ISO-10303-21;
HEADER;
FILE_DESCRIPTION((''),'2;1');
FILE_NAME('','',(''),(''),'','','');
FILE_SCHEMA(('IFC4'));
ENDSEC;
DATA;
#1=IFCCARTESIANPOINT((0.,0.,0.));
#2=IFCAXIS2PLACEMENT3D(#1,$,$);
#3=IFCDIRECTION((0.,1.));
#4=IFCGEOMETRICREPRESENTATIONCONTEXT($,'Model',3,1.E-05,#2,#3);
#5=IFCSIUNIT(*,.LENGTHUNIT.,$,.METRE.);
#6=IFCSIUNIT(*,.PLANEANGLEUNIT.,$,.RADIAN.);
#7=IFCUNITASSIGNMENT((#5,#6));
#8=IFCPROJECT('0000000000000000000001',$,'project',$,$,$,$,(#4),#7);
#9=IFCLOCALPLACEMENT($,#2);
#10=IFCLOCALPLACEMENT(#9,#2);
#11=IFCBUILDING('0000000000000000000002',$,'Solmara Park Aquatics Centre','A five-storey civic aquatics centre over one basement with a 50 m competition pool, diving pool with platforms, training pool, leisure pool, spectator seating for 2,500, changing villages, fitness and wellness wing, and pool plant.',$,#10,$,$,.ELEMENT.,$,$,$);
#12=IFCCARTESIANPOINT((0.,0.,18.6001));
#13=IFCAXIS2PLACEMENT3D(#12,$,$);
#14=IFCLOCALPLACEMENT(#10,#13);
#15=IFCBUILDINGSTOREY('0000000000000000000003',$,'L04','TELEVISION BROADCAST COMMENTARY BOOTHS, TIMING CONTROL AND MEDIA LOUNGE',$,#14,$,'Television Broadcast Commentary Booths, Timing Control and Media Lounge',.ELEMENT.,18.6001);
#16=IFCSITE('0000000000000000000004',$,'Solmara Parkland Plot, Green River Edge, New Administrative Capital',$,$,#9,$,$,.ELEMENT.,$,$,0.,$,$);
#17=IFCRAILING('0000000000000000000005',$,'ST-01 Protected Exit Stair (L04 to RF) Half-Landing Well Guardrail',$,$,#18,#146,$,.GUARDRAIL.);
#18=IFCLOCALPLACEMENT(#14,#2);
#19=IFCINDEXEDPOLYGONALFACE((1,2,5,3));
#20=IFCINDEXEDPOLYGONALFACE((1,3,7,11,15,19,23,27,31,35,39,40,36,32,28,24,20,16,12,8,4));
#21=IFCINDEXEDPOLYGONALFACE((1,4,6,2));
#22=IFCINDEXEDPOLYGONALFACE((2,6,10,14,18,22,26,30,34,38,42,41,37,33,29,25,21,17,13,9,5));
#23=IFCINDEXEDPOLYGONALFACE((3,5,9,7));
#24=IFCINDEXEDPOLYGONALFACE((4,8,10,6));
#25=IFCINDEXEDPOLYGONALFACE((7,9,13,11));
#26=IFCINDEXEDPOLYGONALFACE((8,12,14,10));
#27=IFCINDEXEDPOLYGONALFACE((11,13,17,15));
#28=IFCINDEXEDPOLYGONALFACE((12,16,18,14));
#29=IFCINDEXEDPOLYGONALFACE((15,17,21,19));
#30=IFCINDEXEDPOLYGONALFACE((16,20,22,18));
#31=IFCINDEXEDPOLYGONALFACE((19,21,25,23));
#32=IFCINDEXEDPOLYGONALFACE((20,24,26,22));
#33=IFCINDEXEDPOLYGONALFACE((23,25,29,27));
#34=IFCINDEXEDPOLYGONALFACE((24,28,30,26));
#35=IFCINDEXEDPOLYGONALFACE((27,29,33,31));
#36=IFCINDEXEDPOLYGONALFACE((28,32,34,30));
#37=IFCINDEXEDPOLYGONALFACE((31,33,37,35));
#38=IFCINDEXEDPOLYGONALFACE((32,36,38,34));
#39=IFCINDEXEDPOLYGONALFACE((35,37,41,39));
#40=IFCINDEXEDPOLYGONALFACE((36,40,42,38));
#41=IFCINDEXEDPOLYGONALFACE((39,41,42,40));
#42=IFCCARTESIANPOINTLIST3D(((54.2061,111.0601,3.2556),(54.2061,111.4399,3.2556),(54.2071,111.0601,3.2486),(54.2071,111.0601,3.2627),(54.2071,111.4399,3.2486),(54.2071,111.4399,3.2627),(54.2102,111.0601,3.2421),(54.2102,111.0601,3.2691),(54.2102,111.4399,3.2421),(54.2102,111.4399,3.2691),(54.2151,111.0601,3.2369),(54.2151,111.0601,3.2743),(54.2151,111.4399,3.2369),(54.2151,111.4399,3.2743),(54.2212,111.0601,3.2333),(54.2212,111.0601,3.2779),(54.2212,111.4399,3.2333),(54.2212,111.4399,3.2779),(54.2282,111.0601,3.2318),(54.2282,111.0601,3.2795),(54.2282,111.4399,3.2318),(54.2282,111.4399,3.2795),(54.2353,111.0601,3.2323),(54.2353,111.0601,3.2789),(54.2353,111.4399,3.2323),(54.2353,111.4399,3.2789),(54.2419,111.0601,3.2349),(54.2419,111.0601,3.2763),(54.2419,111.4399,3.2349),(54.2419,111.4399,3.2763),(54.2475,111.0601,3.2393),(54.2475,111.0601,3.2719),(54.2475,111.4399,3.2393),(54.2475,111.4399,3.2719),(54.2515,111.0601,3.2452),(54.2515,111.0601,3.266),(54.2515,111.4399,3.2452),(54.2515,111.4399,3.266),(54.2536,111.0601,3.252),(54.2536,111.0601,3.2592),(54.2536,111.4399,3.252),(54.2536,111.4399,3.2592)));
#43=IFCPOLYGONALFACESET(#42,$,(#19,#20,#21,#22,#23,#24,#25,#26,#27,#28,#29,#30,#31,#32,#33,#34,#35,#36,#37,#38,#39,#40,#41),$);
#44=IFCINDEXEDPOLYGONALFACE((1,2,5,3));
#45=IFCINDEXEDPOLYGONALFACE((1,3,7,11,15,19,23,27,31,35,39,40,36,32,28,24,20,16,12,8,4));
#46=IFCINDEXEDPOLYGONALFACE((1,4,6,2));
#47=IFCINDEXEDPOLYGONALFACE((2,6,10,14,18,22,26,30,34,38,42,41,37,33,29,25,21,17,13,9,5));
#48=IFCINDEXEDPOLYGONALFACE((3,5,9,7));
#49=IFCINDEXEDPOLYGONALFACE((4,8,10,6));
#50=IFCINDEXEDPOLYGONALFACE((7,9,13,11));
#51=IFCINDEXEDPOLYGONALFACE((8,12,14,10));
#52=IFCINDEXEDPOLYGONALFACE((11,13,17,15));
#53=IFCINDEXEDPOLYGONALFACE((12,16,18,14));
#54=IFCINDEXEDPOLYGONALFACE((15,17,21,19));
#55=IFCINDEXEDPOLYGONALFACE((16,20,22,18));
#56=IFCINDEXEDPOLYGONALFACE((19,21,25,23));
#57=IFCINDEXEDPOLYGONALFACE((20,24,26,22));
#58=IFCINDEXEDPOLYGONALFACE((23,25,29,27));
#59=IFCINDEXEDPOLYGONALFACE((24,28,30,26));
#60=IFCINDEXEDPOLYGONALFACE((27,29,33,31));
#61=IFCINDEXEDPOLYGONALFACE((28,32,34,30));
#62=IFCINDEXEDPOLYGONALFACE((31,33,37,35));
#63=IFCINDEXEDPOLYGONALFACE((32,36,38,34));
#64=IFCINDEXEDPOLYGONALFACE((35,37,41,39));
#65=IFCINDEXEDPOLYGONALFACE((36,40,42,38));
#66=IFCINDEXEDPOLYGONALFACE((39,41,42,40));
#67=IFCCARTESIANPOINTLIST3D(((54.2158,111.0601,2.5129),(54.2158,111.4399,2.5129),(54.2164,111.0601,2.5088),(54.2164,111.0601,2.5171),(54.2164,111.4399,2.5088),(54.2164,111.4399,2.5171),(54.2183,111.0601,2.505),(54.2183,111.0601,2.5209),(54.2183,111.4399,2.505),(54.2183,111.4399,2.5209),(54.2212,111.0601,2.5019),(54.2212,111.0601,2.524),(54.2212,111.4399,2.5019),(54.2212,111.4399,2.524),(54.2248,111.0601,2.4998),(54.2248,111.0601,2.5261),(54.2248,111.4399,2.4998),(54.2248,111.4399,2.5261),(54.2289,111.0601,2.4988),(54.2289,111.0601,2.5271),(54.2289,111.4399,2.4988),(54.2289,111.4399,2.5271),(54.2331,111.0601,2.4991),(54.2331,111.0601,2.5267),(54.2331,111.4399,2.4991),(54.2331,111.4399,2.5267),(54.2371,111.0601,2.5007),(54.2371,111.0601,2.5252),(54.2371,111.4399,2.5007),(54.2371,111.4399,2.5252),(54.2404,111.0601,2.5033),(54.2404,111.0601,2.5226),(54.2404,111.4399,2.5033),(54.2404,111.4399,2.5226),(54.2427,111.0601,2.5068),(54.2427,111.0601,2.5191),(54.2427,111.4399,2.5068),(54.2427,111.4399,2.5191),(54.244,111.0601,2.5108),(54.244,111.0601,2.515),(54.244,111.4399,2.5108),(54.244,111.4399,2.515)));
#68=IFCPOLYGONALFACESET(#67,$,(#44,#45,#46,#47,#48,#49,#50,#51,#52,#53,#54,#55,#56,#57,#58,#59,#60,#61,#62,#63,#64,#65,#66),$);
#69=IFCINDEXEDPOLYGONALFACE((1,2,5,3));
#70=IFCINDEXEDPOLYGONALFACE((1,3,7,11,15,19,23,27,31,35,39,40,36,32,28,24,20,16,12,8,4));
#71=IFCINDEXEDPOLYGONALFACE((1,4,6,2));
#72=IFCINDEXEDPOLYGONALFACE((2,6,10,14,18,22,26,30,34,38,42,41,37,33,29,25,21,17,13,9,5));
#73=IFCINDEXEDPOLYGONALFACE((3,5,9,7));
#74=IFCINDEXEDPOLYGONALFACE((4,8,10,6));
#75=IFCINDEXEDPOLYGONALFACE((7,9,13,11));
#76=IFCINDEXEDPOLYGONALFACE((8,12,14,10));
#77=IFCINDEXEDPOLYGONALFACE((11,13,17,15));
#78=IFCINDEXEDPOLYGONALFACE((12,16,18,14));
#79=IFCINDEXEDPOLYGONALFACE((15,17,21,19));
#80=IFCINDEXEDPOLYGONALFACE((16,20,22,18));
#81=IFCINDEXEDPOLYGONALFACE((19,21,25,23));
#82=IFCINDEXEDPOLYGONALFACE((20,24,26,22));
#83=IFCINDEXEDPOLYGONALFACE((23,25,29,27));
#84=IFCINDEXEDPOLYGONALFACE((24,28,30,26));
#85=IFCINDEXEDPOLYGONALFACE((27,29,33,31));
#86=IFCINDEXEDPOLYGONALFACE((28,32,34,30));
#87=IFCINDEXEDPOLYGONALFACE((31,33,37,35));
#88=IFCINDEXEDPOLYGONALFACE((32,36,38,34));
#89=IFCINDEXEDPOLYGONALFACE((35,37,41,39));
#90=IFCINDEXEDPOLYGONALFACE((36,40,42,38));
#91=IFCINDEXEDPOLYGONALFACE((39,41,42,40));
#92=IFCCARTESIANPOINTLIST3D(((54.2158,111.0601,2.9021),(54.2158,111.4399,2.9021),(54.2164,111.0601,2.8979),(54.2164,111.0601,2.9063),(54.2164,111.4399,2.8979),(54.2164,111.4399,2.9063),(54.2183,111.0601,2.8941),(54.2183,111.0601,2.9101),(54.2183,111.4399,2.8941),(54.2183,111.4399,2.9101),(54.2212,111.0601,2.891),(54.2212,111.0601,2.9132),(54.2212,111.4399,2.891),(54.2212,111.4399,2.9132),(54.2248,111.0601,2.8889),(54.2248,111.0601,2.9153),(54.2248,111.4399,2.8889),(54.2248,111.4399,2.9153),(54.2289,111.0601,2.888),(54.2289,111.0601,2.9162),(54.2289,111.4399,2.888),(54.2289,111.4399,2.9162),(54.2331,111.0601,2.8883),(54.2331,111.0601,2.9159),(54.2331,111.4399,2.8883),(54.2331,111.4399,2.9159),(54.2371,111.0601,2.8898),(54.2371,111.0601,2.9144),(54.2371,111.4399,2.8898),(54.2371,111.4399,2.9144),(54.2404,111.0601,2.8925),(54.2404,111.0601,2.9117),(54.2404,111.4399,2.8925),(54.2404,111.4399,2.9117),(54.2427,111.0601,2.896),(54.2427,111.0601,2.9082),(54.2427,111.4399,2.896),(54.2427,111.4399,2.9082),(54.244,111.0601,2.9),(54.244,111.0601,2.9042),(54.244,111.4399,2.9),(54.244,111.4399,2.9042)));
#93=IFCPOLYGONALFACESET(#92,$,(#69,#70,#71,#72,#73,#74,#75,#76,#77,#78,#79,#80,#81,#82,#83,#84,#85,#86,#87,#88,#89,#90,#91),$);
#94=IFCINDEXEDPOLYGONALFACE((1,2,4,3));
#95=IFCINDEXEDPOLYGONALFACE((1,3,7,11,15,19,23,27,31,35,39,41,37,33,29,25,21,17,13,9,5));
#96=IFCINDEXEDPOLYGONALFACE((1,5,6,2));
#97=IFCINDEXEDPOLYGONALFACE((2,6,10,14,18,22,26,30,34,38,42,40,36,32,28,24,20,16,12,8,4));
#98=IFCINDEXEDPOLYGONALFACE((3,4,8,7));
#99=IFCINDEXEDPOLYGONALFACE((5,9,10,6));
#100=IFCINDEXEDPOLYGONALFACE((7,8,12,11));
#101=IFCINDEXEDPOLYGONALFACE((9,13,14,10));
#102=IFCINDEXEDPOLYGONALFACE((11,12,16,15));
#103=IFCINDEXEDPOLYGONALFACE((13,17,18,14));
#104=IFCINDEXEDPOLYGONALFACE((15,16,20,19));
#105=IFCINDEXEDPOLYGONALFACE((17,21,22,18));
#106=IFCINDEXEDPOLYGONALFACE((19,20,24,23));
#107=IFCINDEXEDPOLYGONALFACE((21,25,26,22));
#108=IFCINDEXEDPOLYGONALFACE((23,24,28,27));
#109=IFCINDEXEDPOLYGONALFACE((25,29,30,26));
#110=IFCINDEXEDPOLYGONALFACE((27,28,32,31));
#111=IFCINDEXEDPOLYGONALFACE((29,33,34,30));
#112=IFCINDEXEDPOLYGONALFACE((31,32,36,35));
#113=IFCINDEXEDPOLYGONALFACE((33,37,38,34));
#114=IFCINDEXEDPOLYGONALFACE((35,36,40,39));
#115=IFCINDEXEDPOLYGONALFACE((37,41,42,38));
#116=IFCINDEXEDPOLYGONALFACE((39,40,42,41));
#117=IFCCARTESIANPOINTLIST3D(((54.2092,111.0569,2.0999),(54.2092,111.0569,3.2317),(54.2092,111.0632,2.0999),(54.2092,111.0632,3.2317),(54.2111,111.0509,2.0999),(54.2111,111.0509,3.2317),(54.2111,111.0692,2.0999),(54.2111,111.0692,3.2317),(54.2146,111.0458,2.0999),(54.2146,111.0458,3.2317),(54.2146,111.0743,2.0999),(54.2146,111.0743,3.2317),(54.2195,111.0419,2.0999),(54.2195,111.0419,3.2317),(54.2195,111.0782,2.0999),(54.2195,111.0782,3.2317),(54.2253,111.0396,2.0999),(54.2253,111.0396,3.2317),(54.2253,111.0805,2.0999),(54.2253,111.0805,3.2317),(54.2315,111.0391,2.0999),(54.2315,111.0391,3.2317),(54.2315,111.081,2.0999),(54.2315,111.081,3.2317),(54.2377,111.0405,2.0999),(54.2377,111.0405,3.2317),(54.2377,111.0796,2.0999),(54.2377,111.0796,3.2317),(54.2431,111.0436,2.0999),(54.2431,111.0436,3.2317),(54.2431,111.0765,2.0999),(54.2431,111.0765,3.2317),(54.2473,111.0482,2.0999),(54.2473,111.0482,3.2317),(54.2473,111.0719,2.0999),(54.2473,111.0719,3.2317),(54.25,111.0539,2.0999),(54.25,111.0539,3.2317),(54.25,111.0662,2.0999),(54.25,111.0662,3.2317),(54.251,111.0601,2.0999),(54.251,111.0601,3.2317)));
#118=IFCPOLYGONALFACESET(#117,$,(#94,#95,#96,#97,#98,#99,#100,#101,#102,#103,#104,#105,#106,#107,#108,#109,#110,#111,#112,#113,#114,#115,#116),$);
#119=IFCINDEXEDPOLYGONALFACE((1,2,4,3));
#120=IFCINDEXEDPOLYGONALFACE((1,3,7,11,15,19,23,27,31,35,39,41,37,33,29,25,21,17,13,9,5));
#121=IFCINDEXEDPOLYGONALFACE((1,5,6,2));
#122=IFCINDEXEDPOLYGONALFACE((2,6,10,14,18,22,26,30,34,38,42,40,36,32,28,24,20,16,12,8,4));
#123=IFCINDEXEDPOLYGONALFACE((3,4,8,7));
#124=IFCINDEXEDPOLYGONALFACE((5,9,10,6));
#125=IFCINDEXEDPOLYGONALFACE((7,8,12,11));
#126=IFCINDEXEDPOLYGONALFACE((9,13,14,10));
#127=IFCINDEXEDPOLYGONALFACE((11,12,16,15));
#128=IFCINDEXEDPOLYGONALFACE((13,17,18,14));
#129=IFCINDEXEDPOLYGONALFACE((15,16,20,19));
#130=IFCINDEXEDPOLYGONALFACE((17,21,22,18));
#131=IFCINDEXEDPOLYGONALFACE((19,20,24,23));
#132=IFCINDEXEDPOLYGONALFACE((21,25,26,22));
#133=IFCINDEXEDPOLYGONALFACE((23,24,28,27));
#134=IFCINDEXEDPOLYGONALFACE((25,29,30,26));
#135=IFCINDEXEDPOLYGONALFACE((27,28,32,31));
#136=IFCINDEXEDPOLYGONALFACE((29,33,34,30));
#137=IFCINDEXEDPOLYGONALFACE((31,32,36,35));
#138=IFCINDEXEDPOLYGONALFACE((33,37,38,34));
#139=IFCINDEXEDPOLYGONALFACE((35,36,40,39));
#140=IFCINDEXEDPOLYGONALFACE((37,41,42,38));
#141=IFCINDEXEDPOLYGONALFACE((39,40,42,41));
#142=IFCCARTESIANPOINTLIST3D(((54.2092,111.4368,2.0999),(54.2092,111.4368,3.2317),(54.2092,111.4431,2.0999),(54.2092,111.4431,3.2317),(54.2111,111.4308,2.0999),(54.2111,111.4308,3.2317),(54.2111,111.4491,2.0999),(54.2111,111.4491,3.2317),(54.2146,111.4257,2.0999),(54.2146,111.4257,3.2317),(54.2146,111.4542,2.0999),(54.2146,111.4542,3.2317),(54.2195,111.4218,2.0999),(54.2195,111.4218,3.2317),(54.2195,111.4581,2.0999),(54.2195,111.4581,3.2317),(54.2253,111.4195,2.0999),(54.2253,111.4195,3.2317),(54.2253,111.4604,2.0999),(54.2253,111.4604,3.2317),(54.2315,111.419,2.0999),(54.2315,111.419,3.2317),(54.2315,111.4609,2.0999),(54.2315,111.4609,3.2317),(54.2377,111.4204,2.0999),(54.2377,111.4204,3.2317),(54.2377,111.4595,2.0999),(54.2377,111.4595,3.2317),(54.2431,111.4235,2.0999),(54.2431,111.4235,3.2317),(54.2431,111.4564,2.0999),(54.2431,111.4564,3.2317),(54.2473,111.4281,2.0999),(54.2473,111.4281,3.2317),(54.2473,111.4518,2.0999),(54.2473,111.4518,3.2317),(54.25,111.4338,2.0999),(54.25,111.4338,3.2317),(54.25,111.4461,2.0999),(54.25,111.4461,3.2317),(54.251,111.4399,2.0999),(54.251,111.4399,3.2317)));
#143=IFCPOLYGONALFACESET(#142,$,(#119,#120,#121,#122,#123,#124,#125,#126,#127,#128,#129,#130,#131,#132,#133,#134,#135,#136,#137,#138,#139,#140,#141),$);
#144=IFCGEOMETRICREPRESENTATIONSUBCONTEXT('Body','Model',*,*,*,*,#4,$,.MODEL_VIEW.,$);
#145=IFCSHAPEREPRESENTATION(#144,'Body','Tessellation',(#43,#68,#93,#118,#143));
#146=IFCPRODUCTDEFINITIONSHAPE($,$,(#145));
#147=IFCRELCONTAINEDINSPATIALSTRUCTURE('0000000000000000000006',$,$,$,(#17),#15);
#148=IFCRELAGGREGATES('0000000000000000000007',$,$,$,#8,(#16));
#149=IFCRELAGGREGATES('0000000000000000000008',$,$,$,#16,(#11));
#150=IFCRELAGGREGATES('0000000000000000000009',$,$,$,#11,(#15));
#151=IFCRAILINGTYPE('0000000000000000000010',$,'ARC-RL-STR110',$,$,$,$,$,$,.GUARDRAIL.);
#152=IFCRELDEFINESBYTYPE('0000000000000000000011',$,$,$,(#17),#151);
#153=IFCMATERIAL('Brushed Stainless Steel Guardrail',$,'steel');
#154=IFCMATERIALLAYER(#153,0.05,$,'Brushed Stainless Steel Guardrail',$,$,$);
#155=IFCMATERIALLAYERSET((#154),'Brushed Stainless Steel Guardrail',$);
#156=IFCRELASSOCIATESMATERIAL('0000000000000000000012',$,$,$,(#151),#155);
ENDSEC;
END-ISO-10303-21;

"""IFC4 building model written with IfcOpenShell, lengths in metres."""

from ifc_helpers import new_model, si_unit, direction, frame, origin, origin_2d, place, context, subcontext, project, spatial, circle, extrude, material, layer, layer_set, type_object, element, save


model = new_model("IFC4")

# Units and contexts
model_context = context("Model", 3, precision=1e-05, world=origin(), true_north=direction((0.0, 1.0)))
body_context = subcontext(model_context, "Body", "Model", "MODEL_VIEW")
ifc_project = project(units=[si_unit("LENGTHUNIT", "METRE"), si_unit("PLANEANGLEUNIT", "RADIAN")], contexts=[model_context])

# Site, building, storey
site_placement = place(None, origin())
site = spatial("IfcSite", under=ifc_project, at=site_placement, Name="Solmara Parkland Plot, Green River Edge, New Administrative Capital", CompositionType="ELEMENT", RefElevation=0.0)
building_placement = place(site_placement, origin())
building = spatial("IfcBuilding", under=site, at=building_placement, Name="Solmara Park Aquatics Centre", Description="A five-storey civic aquatics centre over one basement with a 50 m competition pool, diving pool with platforms, training pool, leisure pool, spectator seating for 2,500, changing villages, fitness and wellness wing, and pool plant.", CompositionType="ELEMENT")
storey_placement = place(building_placement, frame((0.0, 0.0, 18.6001)))
storey = spatial("IfcBuildingStorey", under=building, at=storey_placement, Name="L04", Description="TELEVISION BROADCAST COMMENTARY BOOTHS, TIMING CONTROL AND MEDIA LOUNGE", LongName="Television Broadcast Commentary Booths, Timing Control and Media Lounge", CompositionType="ELEMENT", Elevation=18.6001)

# Railing
ifc_material_1 = material(Name="Brushed Stainless Steel Guardrail", Category="steel")
ifc_layer_1 = layer(ifc_material_1, 0.05, Name="Brushed Stainless Steel Guardrail")
ifc_layer_set_1 = layer_set([ifc_layer_1], Name="Brushed Stainless Steel Guardrail")
railing_type_1 = type_object("IfcRailingType", Name="ARC-RL-STR110", PredefinedType="GUARDRAIL", material=ifc_layer_set_1)
railing_1_placement = place(storey_placement, frame((54.23, 111.0601, 2.0999)))
element("IfcRailing", 1, at=railing_1_placement, inside=storey, type_object=railing_type_1, Name="ST-01 Protected Exit Stair (L04 to RF) Half-Landing Well Guardrail", PredefinedType="GUARDRAIL", context=body_context, shape_type="SweptSolid", body=[
    extrude(circle(Radius=0.0239, at=origin_2d()), frame((0.0, 0.0, 1.1558), z_axis=(0.0, 1.0, 0.0), x_axis=(-1.0, 0.0, 0.0)), (0.0, 0.0, 1.0), 0.3799),
    extrude(circle(Radius=0.0142, at=origin_2d()), frame((0.0, 0.0, 0.4131), z_axis=(0.0, 1.0, 0.0), x_axis=(-1.0, 0.0, 0.0)), (0.0, 0.0, 1.0), 0.3799),
    extrude(circle(Radius=0.0142, at=origin_2d()), frame((0.0, 0.0, 0.8022), z_axis=(0.0, 1.0, 0.0), x_axis=(-1.0, 0.0, 0.0)), (0.0, 0.0, 1.0), 0.3799),
    extrude(circle(Radius=0.021, at=origin_2d()), origin(), (0.0, 0.0, 1.0), 1.1318),
    extrude(circle(Radius=0.021, at=origin_2d()), frame((0.0, 0.3799, 0.0)), (0.0, 0.0, 1.0), 1.1318),
])

save(model, "model.ifc")
